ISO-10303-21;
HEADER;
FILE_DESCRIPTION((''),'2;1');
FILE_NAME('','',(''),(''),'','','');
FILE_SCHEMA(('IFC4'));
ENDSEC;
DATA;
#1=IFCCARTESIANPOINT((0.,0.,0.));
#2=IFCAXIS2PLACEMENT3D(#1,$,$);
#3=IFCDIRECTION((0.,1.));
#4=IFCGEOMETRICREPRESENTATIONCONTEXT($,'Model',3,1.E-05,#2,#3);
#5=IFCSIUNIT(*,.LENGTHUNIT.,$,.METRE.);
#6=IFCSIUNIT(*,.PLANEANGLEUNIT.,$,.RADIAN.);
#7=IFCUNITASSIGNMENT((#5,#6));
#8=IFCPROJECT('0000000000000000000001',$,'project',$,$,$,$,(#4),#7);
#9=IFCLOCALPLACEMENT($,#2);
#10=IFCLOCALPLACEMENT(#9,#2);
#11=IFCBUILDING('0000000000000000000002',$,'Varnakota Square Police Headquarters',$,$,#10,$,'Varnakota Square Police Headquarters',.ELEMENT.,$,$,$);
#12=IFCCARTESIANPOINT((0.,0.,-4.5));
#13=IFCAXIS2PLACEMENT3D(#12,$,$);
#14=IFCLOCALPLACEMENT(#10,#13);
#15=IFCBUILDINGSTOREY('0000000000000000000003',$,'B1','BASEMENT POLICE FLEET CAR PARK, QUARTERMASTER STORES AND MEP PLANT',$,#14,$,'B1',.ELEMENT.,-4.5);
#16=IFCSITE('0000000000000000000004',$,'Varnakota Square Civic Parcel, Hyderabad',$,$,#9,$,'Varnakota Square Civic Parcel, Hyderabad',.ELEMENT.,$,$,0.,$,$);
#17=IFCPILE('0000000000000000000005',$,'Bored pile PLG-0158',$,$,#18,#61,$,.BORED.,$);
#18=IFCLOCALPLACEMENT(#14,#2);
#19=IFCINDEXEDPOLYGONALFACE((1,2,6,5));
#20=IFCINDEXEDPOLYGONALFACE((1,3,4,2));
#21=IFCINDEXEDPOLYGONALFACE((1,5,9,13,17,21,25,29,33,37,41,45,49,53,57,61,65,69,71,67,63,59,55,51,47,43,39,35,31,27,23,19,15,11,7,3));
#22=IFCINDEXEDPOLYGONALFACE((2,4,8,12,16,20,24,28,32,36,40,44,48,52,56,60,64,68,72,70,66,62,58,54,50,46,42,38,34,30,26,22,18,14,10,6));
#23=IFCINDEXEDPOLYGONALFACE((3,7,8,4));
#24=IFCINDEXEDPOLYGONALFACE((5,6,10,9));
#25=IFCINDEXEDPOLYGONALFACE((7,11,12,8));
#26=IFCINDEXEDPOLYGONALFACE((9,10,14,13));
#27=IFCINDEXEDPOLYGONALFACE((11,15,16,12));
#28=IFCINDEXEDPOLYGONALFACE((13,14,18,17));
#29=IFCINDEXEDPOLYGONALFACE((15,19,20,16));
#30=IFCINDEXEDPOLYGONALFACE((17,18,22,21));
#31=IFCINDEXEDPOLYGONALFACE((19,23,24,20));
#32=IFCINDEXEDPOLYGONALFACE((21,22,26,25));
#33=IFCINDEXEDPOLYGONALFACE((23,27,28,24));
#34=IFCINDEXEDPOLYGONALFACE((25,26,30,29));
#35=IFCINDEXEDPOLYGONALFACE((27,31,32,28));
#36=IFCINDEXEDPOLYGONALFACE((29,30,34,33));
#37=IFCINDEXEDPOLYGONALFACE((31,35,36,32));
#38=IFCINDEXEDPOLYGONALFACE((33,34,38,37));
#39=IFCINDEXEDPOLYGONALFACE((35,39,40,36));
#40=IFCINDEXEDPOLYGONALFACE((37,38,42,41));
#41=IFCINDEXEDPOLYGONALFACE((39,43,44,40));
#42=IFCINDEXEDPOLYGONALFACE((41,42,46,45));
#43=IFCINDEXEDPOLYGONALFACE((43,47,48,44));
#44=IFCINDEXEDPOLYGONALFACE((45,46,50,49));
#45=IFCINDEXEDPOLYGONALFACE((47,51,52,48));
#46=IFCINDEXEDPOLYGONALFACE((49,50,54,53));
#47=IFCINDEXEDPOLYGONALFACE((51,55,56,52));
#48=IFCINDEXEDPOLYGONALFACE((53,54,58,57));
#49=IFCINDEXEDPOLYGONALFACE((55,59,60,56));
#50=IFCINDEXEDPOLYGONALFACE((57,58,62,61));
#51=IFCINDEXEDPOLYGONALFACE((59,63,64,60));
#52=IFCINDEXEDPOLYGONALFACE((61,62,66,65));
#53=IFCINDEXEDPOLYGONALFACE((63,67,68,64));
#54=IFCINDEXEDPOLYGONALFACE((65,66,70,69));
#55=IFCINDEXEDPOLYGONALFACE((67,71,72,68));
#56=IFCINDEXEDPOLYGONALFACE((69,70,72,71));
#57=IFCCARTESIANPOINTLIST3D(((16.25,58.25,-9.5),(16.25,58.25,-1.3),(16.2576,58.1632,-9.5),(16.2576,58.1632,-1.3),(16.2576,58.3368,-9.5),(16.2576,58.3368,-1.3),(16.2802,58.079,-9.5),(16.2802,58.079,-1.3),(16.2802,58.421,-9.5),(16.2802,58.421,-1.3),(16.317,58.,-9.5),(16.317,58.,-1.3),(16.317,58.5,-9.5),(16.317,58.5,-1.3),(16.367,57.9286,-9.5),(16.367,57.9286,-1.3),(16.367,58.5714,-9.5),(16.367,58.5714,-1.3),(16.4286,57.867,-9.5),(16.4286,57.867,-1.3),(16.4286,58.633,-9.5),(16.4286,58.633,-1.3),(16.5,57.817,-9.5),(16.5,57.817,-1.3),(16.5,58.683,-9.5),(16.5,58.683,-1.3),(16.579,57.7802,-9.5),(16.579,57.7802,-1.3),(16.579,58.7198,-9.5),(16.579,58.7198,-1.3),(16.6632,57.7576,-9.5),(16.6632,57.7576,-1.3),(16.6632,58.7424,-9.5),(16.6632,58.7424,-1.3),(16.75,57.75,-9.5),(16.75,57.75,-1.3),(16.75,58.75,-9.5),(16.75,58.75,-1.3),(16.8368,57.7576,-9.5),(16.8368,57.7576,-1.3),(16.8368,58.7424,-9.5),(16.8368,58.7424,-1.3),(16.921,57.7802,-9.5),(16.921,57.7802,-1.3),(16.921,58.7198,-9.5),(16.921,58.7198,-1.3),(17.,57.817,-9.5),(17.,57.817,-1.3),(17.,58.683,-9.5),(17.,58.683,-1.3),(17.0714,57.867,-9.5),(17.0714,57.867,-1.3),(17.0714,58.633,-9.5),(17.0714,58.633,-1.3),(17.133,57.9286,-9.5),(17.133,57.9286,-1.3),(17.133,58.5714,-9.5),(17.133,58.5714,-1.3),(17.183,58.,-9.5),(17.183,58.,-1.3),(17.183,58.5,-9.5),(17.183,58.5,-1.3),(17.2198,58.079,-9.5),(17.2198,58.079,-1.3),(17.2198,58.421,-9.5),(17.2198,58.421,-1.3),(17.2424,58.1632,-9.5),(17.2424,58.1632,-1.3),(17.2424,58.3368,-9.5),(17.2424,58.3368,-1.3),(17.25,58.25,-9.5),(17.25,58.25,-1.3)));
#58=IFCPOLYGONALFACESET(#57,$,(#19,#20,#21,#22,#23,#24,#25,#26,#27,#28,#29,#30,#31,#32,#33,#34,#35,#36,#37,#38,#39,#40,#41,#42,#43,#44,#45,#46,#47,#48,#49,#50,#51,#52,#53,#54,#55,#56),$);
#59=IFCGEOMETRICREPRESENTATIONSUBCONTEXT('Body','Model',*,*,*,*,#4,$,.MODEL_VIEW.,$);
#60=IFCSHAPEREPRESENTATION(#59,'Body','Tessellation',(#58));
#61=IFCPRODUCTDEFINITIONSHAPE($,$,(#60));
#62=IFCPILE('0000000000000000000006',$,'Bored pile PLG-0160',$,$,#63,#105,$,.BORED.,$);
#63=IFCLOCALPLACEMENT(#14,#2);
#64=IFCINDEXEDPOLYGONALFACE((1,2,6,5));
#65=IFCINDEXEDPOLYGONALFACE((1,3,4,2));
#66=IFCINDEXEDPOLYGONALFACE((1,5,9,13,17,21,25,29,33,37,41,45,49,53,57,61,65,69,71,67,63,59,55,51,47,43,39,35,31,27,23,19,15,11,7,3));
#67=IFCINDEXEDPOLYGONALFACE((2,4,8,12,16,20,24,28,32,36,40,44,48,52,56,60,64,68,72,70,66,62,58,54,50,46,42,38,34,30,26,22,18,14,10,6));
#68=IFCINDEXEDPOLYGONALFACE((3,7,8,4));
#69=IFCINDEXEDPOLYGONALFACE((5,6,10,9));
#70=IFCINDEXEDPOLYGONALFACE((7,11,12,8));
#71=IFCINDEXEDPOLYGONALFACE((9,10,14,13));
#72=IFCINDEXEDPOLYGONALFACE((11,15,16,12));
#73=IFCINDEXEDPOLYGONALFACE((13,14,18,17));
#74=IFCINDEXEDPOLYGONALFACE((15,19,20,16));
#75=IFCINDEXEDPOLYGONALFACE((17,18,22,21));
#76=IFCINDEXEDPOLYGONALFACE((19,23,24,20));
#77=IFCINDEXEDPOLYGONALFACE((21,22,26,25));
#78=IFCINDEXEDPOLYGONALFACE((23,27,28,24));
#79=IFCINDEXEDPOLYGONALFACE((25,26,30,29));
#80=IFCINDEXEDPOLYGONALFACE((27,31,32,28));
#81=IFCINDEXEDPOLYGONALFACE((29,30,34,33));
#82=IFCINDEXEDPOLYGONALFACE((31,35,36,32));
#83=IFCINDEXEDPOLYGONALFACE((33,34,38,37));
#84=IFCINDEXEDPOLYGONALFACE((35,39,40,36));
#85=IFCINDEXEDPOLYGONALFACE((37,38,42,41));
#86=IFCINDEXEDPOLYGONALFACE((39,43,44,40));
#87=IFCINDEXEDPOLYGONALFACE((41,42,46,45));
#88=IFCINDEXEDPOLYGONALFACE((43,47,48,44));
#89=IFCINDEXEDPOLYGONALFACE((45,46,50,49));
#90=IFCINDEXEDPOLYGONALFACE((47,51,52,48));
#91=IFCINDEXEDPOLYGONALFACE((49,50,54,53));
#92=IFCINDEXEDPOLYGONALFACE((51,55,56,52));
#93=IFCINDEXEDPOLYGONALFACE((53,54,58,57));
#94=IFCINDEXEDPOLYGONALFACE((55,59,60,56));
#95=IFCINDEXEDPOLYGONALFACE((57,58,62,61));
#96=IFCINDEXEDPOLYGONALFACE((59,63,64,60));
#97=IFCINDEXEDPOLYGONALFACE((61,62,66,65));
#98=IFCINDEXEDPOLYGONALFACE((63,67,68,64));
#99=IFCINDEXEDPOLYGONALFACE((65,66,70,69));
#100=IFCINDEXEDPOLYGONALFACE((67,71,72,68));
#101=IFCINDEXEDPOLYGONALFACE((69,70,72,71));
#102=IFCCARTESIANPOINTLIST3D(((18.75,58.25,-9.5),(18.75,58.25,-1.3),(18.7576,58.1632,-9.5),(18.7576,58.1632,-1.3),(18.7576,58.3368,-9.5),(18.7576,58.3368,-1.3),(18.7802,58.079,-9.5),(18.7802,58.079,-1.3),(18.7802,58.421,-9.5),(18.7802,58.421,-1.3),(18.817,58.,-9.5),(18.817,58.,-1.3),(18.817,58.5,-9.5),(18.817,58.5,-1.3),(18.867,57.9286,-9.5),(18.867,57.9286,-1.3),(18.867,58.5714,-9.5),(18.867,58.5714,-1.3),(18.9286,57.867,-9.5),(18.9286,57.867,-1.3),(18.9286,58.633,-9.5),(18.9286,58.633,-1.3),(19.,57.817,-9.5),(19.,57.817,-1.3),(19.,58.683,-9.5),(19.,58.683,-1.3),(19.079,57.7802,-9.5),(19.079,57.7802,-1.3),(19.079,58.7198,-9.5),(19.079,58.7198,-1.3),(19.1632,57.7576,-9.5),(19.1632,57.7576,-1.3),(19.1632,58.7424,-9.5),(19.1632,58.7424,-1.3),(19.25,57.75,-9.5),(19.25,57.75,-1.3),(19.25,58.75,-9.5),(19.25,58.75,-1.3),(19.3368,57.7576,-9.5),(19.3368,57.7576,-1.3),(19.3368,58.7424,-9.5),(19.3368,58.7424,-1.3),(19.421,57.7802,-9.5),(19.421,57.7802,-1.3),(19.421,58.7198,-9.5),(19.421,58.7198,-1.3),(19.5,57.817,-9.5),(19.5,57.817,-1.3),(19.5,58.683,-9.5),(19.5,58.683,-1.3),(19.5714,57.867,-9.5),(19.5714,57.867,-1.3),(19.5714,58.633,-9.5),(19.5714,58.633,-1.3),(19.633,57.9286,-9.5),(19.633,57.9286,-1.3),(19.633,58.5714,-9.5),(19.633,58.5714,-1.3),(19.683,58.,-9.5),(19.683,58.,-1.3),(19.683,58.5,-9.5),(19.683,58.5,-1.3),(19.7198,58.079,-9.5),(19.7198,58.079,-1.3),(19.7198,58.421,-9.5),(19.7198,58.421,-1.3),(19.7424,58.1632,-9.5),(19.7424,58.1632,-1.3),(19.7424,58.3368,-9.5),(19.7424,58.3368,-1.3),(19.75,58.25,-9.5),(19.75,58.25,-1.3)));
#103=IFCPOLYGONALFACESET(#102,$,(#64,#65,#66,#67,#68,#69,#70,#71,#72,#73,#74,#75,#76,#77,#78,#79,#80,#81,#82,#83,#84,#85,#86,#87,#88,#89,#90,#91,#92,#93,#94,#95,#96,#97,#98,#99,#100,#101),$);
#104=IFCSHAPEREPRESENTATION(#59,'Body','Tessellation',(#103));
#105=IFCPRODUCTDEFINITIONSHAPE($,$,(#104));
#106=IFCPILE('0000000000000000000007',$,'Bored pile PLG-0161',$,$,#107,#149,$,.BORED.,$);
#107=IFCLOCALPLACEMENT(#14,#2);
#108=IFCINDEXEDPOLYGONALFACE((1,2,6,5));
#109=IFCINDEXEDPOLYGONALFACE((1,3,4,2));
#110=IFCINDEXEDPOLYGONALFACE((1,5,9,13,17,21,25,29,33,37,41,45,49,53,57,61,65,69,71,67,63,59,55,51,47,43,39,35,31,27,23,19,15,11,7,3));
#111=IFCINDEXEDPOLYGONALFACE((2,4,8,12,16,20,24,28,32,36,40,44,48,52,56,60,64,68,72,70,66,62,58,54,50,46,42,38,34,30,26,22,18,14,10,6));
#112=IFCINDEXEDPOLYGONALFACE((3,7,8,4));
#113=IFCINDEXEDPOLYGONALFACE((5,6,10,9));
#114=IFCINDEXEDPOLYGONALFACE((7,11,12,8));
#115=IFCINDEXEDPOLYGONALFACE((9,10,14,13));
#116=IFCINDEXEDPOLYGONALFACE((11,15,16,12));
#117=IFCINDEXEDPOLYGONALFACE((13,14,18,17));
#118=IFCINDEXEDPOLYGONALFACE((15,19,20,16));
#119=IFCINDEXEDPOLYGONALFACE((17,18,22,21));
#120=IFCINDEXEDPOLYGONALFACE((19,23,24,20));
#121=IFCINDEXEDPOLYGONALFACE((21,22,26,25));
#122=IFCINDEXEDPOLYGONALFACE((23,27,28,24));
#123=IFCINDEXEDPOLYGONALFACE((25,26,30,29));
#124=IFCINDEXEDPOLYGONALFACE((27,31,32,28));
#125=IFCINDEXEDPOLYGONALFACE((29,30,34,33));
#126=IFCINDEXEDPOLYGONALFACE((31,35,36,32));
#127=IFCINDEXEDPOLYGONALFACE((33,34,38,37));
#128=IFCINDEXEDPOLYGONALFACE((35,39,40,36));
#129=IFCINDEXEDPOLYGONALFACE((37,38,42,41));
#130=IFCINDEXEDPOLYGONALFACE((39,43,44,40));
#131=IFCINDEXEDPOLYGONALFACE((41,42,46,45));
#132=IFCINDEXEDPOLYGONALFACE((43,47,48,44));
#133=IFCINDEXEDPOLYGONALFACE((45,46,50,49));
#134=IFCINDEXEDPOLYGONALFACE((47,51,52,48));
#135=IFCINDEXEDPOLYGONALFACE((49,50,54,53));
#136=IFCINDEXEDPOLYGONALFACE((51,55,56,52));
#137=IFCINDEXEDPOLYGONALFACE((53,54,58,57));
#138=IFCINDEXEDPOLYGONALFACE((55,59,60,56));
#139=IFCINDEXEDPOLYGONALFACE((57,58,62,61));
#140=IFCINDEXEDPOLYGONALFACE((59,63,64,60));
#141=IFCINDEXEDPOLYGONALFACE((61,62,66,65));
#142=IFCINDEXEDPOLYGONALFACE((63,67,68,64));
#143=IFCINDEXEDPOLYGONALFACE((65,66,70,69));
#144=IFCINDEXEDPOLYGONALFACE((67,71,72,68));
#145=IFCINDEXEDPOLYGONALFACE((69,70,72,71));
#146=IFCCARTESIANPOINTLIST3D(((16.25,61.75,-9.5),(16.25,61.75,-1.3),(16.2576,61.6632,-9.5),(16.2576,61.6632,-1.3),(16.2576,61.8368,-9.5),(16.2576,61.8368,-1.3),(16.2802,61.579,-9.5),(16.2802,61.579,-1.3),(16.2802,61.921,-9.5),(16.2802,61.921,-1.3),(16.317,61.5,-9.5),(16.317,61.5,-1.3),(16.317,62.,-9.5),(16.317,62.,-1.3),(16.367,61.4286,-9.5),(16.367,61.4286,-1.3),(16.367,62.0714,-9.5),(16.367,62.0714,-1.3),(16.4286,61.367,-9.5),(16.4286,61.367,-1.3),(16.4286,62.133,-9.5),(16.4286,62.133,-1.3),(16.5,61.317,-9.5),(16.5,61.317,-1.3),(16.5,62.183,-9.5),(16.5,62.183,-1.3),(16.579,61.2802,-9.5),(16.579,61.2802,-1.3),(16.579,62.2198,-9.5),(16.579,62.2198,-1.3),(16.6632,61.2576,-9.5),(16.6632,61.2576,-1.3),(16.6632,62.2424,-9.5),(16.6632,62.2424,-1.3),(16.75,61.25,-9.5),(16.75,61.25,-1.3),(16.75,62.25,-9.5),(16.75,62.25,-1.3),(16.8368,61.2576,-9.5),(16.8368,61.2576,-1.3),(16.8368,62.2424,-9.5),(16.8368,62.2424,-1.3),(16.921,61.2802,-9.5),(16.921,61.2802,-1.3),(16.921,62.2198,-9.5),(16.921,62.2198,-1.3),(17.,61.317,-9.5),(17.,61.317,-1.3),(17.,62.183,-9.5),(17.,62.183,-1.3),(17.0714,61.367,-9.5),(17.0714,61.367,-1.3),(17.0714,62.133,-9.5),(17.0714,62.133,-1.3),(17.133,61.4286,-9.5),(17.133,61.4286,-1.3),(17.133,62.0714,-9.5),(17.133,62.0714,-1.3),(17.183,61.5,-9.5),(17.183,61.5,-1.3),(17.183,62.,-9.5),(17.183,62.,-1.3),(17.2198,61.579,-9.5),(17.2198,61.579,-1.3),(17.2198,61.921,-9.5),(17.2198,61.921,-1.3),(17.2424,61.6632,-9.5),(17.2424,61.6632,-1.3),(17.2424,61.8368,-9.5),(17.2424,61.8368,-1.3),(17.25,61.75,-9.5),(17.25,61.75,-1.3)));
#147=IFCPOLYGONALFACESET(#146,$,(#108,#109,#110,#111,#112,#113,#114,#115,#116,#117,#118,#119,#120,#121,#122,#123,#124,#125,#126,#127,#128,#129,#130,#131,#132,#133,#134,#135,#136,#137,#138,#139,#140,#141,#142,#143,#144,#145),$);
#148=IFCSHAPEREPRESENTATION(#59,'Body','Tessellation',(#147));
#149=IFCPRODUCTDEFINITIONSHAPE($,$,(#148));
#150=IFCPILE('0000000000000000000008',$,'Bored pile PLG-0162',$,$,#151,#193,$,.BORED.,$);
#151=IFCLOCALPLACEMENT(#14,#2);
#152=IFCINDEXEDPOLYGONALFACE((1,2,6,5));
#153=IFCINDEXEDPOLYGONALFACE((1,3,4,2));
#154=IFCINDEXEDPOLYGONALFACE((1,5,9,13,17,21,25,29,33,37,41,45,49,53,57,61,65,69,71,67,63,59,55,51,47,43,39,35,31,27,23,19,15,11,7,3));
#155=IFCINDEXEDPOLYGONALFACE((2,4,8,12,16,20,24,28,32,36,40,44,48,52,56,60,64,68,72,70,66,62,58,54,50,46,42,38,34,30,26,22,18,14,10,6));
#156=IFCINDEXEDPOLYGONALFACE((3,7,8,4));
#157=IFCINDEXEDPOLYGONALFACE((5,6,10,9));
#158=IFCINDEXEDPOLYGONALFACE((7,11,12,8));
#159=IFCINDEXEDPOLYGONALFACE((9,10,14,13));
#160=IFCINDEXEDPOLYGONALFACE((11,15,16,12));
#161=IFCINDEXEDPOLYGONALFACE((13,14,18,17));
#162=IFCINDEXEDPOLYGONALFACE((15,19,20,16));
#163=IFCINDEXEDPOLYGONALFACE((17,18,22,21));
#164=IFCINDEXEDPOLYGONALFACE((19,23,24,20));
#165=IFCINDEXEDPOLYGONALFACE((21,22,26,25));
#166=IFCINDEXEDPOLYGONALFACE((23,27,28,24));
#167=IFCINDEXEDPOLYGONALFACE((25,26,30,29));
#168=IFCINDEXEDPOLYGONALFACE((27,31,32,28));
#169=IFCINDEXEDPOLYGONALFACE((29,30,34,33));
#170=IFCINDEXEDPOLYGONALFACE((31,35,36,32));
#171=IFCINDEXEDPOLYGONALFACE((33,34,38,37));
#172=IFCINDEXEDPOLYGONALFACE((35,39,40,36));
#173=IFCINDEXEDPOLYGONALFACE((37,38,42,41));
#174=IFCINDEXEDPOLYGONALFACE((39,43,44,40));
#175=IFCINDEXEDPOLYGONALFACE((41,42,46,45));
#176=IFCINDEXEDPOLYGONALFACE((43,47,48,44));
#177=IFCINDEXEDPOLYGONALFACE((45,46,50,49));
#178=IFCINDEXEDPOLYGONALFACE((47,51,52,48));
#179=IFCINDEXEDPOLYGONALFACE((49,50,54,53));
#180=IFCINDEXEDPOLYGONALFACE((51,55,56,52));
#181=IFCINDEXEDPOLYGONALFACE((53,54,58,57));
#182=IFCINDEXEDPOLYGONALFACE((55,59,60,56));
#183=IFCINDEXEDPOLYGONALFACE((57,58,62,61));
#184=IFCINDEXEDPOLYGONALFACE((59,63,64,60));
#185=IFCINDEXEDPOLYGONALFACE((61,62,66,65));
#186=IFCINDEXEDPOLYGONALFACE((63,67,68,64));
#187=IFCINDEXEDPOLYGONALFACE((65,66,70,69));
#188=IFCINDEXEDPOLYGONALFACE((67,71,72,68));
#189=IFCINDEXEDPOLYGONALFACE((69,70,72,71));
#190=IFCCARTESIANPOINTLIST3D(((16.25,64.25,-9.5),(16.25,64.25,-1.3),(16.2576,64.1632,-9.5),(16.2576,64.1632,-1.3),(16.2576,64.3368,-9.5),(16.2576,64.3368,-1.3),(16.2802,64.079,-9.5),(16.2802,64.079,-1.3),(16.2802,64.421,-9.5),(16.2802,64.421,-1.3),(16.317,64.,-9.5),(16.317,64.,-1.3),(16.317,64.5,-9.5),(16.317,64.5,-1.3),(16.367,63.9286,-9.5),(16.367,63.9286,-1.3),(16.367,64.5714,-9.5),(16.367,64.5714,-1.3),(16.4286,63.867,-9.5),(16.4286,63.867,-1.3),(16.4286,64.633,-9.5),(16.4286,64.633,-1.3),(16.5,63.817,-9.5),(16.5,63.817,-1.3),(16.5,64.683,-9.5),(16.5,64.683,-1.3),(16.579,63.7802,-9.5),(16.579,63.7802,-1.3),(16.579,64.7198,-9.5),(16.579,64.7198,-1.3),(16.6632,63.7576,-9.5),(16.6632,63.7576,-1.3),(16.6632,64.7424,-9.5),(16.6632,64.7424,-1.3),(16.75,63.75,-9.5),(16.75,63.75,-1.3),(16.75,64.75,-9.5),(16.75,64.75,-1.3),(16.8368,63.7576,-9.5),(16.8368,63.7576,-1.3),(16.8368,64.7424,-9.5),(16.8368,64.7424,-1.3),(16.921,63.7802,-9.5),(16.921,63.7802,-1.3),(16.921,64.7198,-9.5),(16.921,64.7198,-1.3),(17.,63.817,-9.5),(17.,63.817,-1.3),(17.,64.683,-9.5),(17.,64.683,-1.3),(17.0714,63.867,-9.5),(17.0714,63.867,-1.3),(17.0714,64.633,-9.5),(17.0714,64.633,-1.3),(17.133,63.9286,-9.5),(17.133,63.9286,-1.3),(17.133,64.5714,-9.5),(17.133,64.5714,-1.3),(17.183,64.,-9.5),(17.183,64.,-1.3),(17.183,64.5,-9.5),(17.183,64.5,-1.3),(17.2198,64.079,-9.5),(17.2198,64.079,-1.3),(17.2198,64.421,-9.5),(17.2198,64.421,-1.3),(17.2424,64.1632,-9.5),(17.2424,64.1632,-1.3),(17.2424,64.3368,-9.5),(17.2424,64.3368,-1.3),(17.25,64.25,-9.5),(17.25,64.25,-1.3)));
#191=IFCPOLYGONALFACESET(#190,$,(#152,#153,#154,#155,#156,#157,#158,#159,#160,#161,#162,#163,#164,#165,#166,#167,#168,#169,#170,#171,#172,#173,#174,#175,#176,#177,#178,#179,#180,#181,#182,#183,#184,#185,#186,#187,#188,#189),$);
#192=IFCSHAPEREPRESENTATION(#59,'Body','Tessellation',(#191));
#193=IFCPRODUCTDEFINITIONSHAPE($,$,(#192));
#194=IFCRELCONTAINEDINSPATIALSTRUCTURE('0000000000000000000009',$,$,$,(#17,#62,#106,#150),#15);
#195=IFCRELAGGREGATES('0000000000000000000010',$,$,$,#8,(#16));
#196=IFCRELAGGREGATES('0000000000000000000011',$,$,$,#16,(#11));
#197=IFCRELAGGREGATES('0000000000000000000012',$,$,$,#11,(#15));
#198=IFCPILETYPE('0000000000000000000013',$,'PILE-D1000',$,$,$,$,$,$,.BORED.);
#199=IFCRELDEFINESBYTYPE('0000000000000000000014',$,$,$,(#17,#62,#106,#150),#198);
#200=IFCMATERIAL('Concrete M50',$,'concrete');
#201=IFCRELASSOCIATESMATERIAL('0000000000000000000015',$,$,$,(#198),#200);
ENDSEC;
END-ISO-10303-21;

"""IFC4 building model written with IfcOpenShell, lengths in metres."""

from ifc_helpers import new_model, si_unit, direction, frame, origin, origin_2d, place, context, subcontext, project, spatial, circle, extrude, material, material_profile, profile_set, type_object, element, save


model = new_model("IFC4")

# Units and contexts
model_context = context("Model", 3, precision=1e-05, world=origin(), true_north=direction((0.0, 1.0)))
body_context = subcontext(model_context, "Body", "Model", "MODEL_VIEW")
ifc_project = project(units=[si_unit("LENGTHUNIT", "METRE"), si_unit("PLANEANGLEUNIT", "RADIAN")], contexts=[model_context])

# Site, building, storey
site_placement = place(None, origin())
site = spatial("IfcSite", under=ifc_project, at=site_placement, Name="Varnakota Square Civic Parcel, Hyderabad", LongName="Varnakota Square Civic Parcel, Hyderabad", CompositionType="ELEMENT", RefElevation=0.0)
building_placement = place(site_placement, origin())
building = spatial("IfcBuilding", under=site, at=building_placement, Name="Varnakota Square Police Headquarters", LongName="Varnakota Square Police Headquarters", CompositionType="ELEMENT")
storey_placement = place(building_placement, frame((0.0, 0.0, -4.5)))
storey = spatial("IfcBuildingStorey", under=building, at=storey_placement, Name="B1", Description="BASEMENT POLICE FLEET CAR PARK, QUARTERMASTER STORES AND MEP PLANT", LongName="B1", CompositionType="ELEMENT", Elevation=-4.5)

# Shared definitions
ifc_material_1 = material(Name="Concrete M50", Category="concrete")

# Piles
ifc_material_profile_1 = material_profile(ifc_material_1, circle(Radius=0.5, at=origin_2d()), Name="BORED PILE 1000")
ifc_profile_set_1 = profile_set([ifc_material_profile_1], Name="Concrete M50")
pile_type_1 = type_object("IfcPileType", Name="PILE-D1000", PredefinedType="BORED", material=ifc_profile_set_1)
for number, where, z_axis, x_axis, name in (
    (1, (16.75, 58.25, -1.3), (0.0, 0.0, -1.0), (1.0, 0.0, 0.0), "Bored pile PLG-0158"),
    (2, (19.25, 58.25, -1.3), (0.0, 0.0, -1.0), (1.0, 0.0, 0.0), "Bored pile PLG-0160"),
    (3, (16.75, 61.75, -1.3), (0.0, 0.0, -1.0), (1.0, 0.0, 0.0), "Bored pile PLG-0161"),
    (4, (16.75, 64.25, -1.3), (0.0, 0.0, -1.0), (1.0, 0.0, 0.0), "Bored pile PLG-0162"),
):
    element("IfcPile", number, at=place(storey_placement, frame(where, z_axis=z_axis, x_axis=x_axis)), inside=storey, type_object=pile_type_1, Name=name, PredefinedType="BORED", context=body_context, shape_type="SweptSolid", body=[
        extrude(circle(Radius=0.5, at=origin_2d()), origin(), (0.0, 0.0, 1.0), 8.2),
    ])

save(model, "model.ifc")
